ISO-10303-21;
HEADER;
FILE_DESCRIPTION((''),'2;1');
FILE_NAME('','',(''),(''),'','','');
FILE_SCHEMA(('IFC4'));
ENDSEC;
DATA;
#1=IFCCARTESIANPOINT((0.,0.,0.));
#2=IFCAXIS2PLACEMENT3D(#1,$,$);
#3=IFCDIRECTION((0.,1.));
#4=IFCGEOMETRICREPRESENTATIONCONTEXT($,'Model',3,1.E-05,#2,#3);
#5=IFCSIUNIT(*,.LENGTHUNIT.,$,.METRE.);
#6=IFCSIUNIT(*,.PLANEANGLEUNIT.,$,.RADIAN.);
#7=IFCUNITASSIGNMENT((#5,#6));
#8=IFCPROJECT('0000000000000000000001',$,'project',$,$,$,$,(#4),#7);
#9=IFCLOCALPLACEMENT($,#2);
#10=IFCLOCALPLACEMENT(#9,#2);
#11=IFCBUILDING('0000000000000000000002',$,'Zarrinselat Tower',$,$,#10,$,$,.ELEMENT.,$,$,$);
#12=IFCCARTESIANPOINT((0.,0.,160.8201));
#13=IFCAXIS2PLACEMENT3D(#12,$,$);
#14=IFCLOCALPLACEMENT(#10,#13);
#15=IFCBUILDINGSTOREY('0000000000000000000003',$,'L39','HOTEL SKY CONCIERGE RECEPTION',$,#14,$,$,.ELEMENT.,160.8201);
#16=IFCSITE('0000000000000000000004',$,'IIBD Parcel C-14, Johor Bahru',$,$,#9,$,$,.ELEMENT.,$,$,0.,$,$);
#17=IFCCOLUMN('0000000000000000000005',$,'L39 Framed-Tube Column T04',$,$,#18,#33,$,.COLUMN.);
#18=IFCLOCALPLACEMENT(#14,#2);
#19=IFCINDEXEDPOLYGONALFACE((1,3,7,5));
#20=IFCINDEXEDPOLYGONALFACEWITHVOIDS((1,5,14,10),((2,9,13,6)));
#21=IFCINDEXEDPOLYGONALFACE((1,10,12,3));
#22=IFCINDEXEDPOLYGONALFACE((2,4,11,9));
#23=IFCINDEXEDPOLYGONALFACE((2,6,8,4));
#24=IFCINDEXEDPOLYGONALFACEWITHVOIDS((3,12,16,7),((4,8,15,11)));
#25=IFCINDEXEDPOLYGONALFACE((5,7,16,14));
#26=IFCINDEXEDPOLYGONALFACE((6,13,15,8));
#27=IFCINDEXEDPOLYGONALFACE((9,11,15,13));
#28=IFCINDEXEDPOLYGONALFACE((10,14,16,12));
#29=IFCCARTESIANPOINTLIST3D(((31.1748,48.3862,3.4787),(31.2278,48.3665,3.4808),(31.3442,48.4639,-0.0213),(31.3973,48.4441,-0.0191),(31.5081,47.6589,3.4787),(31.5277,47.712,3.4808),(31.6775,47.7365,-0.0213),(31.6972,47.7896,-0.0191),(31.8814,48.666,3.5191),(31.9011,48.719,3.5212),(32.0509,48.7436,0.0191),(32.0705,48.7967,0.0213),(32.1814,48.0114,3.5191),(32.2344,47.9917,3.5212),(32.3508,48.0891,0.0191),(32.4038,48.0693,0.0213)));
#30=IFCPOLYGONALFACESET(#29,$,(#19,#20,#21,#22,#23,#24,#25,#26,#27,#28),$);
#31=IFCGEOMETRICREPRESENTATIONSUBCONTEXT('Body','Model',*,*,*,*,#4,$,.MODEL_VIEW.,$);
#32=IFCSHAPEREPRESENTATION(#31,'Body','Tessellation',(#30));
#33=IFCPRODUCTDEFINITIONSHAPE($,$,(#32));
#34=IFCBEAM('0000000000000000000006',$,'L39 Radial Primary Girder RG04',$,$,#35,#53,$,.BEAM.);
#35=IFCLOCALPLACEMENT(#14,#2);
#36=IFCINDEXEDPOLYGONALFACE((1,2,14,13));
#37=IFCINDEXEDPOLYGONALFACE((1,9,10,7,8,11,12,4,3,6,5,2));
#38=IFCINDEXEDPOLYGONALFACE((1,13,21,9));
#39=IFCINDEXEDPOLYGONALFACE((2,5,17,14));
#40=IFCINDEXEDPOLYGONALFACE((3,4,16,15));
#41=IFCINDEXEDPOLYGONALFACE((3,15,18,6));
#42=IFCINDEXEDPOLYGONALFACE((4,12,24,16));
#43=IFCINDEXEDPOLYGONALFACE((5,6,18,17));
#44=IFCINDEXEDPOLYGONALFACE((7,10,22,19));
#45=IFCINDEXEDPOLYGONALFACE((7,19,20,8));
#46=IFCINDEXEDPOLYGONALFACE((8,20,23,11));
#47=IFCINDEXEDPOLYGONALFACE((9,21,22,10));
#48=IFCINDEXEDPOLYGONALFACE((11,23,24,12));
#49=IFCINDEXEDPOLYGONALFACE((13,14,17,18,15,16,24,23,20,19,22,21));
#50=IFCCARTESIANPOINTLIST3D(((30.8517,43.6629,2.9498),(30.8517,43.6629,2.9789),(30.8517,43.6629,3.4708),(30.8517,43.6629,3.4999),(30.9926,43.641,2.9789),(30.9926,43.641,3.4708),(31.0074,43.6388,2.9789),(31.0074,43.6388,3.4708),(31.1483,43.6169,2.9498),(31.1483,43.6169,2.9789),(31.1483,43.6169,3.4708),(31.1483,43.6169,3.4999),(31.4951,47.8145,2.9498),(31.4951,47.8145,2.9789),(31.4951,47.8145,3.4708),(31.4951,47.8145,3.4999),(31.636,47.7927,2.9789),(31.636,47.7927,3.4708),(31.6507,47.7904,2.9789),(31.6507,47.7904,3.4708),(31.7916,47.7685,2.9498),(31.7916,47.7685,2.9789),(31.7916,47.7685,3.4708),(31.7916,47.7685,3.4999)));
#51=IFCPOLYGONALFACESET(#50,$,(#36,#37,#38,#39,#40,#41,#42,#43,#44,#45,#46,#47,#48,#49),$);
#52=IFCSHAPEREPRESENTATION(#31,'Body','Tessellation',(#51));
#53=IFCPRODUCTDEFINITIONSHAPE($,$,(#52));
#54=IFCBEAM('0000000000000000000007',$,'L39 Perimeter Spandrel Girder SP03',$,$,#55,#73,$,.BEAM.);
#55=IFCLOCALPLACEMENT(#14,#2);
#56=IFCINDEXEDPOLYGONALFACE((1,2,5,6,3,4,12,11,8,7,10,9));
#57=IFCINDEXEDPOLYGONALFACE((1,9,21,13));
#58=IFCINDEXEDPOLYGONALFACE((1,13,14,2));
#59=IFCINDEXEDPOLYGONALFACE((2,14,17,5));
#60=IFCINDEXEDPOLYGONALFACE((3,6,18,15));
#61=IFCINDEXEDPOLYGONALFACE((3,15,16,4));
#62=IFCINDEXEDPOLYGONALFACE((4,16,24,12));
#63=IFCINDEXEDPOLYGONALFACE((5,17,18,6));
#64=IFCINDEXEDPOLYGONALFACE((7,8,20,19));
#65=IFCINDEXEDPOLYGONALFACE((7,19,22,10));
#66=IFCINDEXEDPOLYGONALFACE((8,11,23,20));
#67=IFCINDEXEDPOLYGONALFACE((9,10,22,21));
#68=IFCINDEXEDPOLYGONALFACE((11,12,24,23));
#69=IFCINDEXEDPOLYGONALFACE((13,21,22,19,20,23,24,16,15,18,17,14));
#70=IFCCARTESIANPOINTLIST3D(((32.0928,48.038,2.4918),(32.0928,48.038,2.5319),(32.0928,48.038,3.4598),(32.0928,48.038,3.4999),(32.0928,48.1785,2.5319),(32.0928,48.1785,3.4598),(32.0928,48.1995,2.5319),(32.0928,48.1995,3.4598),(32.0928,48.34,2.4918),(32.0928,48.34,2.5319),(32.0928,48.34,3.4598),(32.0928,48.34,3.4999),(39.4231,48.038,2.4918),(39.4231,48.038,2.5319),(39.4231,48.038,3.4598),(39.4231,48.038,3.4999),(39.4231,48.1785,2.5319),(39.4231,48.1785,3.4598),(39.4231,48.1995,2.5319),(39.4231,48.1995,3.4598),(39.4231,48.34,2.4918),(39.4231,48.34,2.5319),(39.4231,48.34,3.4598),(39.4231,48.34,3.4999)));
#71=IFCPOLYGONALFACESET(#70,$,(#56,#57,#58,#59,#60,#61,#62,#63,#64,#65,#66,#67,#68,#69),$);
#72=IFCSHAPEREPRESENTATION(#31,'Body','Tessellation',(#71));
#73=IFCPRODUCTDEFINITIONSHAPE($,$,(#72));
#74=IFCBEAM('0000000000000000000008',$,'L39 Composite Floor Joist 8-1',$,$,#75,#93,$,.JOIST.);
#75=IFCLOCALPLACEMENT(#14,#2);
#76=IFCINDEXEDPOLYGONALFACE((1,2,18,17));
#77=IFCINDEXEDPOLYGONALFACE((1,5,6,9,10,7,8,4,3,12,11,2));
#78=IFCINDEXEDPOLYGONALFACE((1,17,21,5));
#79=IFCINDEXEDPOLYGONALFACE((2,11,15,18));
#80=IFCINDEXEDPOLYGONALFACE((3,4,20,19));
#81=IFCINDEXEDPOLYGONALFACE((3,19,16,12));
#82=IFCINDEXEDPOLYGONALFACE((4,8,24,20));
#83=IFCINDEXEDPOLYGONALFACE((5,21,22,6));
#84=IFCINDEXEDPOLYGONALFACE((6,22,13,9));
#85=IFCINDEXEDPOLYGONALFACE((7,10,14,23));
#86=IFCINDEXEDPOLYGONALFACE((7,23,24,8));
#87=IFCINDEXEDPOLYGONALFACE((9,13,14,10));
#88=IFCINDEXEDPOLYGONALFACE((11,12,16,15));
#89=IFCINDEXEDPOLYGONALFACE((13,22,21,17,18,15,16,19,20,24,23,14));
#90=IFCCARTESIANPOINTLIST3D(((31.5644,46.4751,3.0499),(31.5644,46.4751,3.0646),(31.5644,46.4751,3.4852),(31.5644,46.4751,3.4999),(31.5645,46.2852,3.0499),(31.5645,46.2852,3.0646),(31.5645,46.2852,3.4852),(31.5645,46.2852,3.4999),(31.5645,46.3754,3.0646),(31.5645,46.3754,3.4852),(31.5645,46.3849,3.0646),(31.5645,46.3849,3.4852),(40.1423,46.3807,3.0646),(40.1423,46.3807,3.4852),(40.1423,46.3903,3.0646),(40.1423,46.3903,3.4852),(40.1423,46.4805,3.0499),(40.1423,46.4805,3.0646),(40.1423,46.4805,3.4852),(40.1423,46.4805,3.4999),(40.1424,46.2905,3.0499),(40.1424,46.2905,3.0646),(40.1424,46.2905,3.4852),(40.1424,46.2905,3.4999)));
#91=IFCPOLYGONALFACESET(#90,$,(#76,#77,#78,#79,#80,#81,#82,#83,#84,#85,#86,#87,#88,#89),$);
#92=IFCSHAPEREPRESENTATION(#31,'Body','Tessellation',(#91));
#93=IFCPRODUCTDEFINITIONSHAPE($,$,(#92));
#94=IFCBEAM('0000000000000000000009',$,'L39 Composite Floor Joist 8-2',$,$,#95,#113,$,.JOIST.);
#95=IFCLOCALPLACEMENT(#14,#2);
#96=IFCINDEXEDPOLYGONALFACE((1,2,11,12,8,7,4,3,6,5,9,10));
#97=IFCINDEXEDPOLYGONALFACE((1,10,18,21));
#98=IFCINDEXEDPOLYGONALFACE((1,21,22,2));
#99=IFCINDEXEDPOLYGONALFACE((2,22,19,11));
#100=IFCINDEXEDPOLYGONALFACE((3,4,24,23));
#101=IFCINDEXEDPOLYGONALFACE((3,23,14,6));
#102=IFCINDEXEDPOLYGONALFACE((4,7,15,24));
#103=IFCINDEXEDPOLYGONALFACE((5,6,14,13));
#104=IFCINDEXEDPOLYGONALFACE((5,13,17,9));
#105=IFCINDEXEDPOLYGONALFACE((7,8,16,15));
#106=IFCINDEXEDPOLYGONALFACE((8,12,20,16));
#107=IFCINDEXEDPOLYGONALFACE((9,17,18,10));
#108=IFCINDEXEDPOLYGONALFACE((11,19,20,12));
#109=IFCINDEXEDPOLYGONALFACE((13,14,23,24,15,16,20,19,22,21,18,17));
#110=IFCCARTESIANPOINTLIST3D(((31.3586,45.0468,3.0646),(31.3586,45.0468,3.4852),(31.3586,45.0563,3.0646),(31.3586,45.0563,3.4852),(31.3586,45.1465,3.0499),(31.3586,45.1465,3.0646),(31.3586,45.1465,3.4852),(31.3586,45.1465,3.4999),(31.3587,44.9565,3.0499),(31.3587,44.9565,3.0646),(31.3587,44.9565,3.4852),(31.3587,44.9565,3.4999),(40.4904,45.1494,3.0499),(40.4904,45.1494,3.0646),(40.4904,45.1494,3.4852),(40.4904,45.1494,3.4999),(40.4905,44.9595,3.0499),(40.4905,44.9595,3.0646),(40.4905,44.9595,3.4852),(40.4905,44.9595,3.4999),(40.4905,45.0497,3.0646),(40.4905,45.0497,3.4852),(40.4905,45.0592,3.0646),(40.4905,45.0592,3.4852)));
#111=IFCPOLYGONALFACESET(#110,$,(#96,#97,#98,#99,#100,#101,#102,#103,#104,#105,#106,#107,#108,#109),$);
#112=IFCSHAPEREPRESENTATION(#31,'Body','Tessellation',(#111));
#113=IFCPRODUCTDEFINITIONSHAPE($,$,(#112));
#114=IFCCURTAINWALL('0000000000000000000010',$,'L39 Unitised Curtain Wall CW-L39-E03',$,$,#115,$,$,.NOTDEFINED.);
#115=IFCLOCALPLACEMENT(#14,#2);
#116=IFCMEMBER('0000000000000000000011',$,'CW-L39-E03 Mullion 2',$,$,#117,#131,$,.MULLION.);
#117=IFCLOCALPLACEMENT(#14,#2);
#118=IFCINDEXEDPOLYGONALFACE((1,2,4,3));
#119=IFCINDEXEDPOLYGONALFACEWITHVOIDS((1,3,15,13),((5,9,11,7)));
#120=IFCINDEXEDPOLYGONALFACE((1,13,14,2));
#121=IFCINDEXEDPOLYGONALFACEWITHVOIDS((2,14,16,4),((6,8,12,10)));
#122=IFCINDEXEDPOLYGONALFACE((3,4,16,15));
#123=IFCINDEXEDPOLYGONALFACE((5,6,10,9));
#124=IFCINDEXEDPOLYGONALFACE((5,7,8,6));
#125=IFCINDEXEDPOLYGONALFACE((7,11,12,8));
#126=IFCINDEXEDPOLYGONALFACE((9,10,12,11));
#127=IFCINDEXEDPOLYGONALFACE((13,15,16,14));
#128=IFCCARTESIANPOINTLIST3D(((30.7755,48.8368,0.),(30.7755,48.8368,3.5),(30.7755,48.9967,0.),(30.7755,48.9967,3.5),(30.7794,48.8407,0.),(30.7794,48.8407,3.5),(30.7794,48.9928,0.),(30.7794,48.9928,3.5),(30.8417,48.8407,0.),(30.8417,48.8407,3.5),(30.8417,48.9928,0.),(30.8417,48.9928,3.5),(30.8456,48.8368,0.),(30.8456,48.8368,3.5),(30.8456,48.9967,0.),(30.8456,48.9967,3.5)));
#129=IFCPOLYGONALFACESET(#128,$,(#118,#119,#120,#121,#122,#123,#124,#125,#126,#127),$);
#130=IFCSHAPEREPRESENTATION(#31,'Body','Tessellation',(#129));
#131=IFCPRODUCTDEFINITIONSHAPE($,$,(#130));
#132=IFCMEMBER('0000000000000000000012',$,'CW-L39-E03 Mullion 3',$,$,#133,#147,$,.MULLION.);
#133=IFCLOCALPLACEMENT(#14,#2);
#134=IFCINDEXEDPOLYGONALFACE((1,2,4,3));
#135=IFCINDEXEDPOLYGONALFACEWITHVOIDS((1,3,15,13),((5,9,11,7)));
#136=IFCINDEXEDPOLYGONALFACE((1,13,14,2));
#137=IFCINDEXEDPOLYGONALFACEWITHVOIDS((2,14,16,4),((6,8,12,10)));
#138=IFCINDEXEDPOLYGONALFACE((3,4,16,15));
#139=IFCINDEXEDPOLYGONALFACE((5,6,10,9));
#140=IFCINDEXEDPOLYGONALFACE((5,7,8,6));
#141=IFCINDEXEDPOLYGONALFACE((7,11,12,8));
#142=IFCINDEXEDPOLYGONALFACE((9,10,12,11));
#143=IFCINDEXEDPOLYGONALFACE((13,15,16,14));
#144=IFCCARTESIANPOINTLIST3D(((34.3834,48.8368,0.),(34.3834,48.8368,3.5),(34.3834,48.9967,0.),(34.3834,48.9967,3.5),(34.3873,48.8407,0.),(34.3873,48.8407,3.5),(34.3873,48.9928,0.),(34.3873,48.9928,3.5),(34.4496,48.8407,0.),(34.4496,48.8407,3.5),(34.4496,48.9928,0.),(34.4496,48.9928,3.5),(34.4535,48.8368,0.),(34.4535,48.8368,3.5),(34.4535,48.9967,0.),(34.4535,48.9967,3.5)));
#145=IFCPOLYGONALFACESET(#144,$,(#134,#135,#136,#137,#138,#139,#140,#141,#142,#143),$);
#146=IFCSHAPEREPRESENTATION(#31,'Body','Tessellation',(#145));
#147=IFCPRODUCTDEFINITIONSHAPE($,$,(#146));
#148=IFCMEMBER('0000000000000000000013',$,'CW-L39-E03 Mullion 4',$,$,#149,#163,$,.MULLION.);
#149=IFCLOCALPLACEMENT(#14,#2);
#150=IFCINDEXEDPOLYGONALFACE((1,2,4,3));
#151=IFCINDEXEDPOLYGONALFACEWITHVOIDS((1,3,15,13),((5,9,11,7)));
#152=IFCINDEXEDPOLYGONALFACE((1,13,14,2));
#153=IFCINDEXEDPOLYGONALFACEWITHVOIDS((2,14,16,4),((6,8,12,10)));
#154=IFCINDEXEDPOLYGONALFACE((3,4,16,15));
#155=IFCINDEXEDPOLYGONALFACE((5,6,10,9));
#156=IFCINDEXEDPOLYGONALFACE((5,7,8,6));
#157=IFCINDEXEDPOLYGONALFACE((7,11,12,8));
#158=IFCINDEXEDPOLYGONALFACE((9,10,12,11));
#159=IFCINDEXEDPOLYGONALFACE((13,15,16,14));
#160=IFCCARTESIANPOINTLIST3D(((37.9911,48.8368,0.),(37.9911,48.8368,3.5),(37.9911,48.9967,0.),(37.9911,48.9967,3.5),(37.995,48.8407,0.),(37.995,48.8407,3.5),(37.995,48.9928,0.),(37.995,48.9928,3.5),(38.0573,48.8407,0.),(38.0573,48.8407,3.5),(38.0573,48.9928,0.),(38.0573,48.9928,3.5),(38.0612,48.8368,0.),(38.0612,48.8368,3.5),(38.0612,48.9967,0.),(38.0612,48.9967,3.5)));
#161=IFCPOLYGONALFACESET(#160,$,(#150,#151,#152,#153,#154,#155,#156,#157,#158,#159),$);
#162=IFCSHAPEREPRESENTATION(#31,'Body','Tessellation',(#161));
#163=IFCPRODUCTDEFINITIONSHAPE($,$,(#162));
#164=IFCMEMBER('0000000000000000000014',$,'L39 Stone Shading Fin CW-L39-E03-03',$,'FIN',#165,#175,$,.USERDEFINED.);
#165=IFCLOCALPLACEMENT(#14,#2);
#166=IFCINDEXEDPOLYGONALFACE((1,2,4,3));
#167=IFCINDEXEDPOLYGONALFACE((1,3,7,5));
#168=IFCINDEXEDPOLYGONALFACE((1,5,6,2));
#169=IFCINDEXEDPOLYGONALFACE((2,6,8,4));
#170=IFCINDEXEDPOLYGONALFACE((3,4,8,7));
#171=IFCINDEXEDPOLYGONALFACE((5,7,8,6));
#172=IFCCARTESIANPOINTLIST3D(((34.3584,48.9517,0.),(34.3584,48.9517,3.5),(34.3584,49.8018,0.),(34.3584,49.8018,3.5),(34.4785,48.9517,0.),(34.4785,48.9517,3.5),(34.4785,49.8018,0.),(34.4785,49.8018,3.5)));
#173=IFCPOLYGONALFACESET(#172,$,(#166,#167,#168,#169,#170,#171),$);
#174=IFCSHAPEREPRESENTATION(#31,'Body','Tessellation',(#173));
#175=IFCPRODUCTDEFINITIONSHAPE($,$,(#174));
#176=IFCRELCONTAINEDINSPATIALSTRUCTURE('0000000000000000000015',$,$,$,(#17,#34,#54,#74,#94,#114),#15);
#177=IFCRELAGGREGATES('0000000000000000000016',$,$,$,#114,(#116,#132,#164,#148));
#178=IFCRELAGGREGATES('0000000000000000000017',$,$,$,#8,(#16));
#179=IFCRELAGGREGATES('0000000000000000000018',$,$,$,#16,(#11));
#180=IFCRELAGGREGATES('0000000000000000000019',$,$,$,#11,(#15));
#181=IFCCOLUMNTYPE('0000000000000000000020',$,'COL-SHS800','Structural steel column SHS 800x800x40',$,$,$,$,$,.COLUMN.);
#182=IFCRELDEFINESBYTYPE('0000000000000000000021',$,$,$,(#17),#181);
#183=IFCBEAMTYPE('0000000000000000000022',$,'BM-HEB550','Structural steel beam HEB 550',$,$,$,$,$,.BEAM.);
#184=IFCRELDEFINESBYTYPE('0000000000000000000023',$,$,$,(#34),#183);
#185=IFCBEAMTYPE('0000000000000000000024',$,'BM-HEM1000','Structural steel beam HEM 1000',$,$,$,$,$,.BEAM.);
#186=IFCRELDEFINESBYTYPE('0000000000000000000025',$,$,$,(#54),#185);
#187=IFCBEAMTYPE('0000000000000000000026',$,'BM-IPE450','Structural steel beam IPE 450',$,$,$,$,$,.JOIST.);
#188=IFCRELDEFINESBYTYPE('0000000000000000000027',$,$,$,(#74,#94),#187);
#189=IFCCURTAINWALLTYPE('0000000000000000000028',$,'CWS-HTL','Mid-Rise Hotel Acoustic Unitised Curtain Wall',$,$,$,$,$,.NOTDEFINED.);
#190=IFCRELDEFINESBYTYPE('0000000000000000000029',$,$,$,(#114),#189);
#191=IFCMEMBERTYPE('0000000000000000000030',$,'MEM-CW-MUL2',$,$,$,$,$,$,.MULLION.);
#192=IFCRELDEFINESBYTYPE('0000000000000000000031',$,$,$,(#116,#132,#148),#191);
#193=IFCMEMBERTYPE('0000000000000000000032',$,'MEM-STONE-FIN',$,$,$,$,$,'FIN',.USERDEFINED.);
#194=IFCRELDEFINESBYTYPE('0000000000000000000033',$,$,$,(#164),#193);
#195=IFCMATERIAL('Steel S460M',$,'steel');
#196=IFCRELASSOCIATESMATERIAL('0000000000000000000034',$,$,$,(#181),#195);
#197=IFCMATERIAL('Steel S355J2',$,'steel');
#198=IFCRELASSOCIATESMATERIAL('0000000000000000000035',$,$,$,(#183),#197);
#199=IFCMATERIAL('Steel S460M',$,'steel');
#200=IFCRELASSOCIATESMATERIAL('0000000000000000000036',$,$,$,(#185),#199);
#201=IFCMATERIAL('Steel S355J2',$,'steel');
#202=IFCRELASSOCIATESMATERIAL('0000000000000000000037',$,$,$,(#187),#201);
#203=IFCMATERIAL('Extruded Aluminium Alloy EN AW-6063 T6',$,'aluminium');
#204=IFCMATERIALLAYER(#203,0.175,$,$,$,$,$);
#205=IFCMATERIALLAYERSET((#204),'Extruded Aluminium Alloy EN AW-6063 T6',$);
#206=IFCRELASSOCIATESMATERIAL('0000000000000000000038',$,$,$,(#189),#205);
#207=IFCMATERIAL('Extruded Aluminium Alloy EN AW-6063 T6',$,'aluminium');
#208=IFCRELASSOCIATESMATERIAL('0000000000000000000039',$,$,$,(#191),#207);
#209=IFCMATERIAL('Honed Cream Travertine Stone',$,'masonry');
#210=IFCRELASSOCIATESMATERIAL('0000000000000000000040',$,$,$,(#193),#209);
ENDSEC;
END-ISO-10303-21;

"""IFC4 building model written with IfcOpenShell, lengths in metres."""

from ifc_helpers import new_model, si_unit, direction, frame, origin, origin_2d, place, context, subcontext, project, spatial, rectangle, hollow_rectangle, i_section, extrude, material, layer, layer_set, material_profile, profile_set, type_object, element, aggregate, save


model = new_model("IFC4")

# Units and contexts
model_context = context("Model", 3, precision=1e-05, world=origin(), true_north=direction((0.0, 1.0)))
body_context = subcontext(model_context, "Body", "Model", "MODEL_VIEW")
ifc_project = project(units=[si_unit("LENGTHUNIT", "METRE"), si_unit("PLANEANGLEUNIT", "RADIAN")], contexts=[model_context])

# Site, building, storey
site_placement = place(None, origin())
site = spatial("IfcSite", under=ifc_project, at=site_placement, Name="IIBD Parcel C-14, Johor Bahru", CompositionType="ELEMENT", RefElevation=0.0)
building_placement = place(site_placement, origin())
building = spatial("IfcBuilding", under=site, at=building_placement, Name="Zarrinselat Tower", CompositionType="ELEMENT")
storey_placement = place(building_placement, frame((0.0, 0.0, 160.8201)))
storey = spatial("IfcBuildingStorey", under=building, at=storey_placement, Name="L39", Description="HOTEL SKY CONCIERGE RECEPTION", CompositionType="ELEMENT", Elevation=160.8201)

# Column
ifc_material_1 = material(Name="Steel S460M", Category="steel")
ifc_material_profile_1 = material_profile(ifc_material_1, hollow_rectangle(XDim=0.8, YDim=0.8, WallThickness=0.04, at=origin_2d()), Name="SHS 800x800x40")
ifc_profile_set_1 = profile_set([ifc_material_profile_1], Name="Steel S460M")
column_type = type_object("IfcColumnType", Name="COL-SHS800", Description="Structural steel column SHS 800x800x40", PredefinedType="COLUMN", material=ifc_profile_set_1)
column_placement = place(storey_placement, frame((31.874, 48.2666, 0.0), z_axis=(-0.048341, -0.022151, 0.998585), x_axis=(0.416564, -0.909106, 0.0)))
element("IfcColumn", 1, at=column_placement, inside=storey, type_object=column_type, Name="L39 Framed-Tube Column T04", PredefinedType="COLUMN", context=body_context, shape_type="SweptSolid", body=[
    extrude(hollow_rectangle(XDim=0.8, YDim=0.8, WallThickness=0.04, at=origin_2d()), origin(), (0.0, 0.0, 1.0), 3.5049),
])

# Beams
ifc_material_2 = material(Name="Steel S355J2", Category="steel")
ifc_material_profile_2 = material_profile(ifc_material_2, i_section(OverallWidth=0.3, OverallDepth=0.55, WebThickness=0.0149, FlangeThickness=0.0291, at=origin_2d()), Name="HEB 550")
ifc_profile_set_2 = profile_set([ifc_material_profile_2], Name="Steel S355J2")
beam_type_1 = type_object("IfcBeamType", Name="BM-HEB550", Description="Structural steel beam HEB 550", PredefinedType="BEAM", material=ifc_profile_set_2)
beam_1_placement = place(storey_placement, frame((31.0, 43.6399, 3.2249), z_axis=(0.153127, 0.988207, 0.0), x_axis=(-0.988207, 0.153127, 0.0)))
element("IfcBeam", 2, at=beam_1_placement, inside=storey, type_object=beam_type_1, Name="L39 Radial Primary Girder RG04", PredefinedType="BEAM", context=body_context, shape_type="SweptSolid", body=[
    extrude(i_section(OverallWidth=0.3, OverallDepth=0.55, WebThickness=0.0149, FlangeThickness=0.0291, at=origin_2d()), origin(), (0.0, 0.0, 1.0), 4.2012),
])
ifc_material_3 = material(Name="Steel S460M", Category="steel")
ifc_material_profile_3 = material_profile(ifc_material_3, i_section(OverallWidth=0.302, OverallDepth=1.0081, WebThickness=0.021, FlangeThickness=0.04, at=origin_2d()), Name="HEM 1000")
ifc_profile_set_3 = profile_set([ifc_material_profile_3], Name="Steel S460M")
beam_type_2 = type_object("IfcBeamType", Name="BM-HEM1000", Description="Structural steel beam HEM 1000", PredefinedType="BEAM", material=ifc_profile_set_3)
beam_2_placement = place(storey_placement, frame((32.0928, 48.189, 2.9958), z_axis=(1.0, 0.0, 0.0), x_axis=(0.0, 1.0, 0.0)))
element("IfcBeam", 3, at=beam_2_placement, inside=storey, type_object=beam_type_2, Name="L39 Perimeter Spandrel Girder SP03", PredefinedType="BEAM", context=body_context, shape_type="SweptSolid", body=[
    extrude(i_section(OverallWidth=0.302, OverallDepth=1.0081, WebThickness=0.021, FlangeThickness=0.04, at=origin_2d()), origin(), (0.0, 0.0, 1.0), 7.3303),
])
ifc_material_4 = material(Name="Steel S355J2", Category="steel")
ifc_material_profile_4 = material_profile(ifc_material_4, i_section(OverallWidth=0.1899, OverallDepth=0.45, WebThickness=0.0095, FlangeThickness=0.0146, at=origin_2d()), Name="IPE 450")
ifc_profile_set_4 = profile_set([ifc_material_profile_4], Name="Steel S355J2")
beam_type_3 = type_object("IfcBeamType", Name="BM-IPE450", Description="Structural steel beam IPE 450", PredefinedType="JOIST", material=ifc_profile_set_4)
beam_3_placement = place(storey_placement, frame((31.5645, 46.3801, 3.2749), z_axis=(1.0, 0.000626, 0.0), x_axis=(-0.000626, 1.0, 0.0)))
element("IfcBeam", 4, at=beam_3_placement, inside=storey, type_object=beam_type_3, Name="L39 Composite Floor Joist 8-1", PredefinedType="JOIST", context=body_context, shape_type="SweptSolid", body=[
    extrude(i_section(OverallWidth=0.1899, OverallDepth=0.45, WebThickness=0.0095, FlangeThickness=0.0146, at=origin_2d()), origin(), (0.0, 0.0, 1.0), 8.5779),
])
beam_4_placement = place(storey_placement, frame((31.3586, 45.0515, 3.2749), z_axis=(1.0, 0.000321, 0.0), x_axis=(-0.000321, 1.0, 0.0)))
element("IfcBeam", 5, at=beam_4_placement, inside=storey, type_object=beam_type_3, Name="L39 Composite Floor Joist 8-2", PredefinedType="JOIST", context=body_context, shape_type="SweptSolid", body=[
    extrude(i_section(OverallWidth=0.1899, OverallDepth=0.45, WebThickness=0.0095, FlangeThickness=0.0146, at=origin_2d()), origin(), (0.0, 0.0, 1.0), 9.1318),
])

# Curtain wall, members
ifc_material_5 = material(Name="Extruded Aluminium Alloy EN AW-6063 T6", Category="aluminium")
ifc_layer_1 = layer(ifc_material_5, 0.175)
ifc_layer_set_1 = layer_set([ifc_layer_1], Name="Extruded Aluminium Alloy EN AW-6063 T6")
curtain_wall_type = type_object("IfcCurtainWallType", Name="CWS-HTL", Description="Mid-Rise Hotel Acoustic Unitised Curtain Wall", PredefinedType="NOTDEFINED", material=ifc_layer_set_1)
curtain_wall_placement = place(storey_placement, origin())
curtain_wall = element("IfcCurtainWall", 6, at=curtain_wall_placement, inside=storey, type_object=curtain_wall_type, Name="L39 Unitised Curtain Wall CW-L39-E03", PredefinedType="NOTDEFINED")
ifc_material_6 = material(Name="Extruded Aluminium Alloy EN AW-6063 T6", Category="aluminium")
ifc_material_profile_5 = material_profile(ifc_material_6, hollow_rectangle(XDim=0.0701, YDim=0.1599, WallThickness=0.0039, at=origin_2d()), Name="RHS 160x70x4")
ifc_profile_set_5 = profile_set([ifc_material_profile_5], Name="Extruded Aluminium Alloy EN AW-6063 T6")
member_type_1 = type_object("IfcMemberType", Name="MEM-CW-MUL2", PredefinedType="MULLION", material=ifc_profile_set_5)
member_1_placement = place(storey_placement, frame((30.8105, 48.9167, 0.0), z_axis=(0.0, 0.0, 1.0), x_axis=(1.0, 0.0, 0.0)))
member_1 = element("IfcMember", 7, at=member_1_placement, type_object=member_type_1, Name="CW-L39-E03 Mullion 2", PredefinedType="MULLION", context=body_context, shape_type="SweptSolid", body=[
    extrude(hollow_rectangle(XDim=0.0701, YDim=0.1599, WallThickness=0.0039, at=origin_2d()), origin(), (0.0, 0.0, 1.0), 3.5),
])
member_2_placement = place(storey_placement, frame((34.4185, 48.9167, 0.0), z_axis=(0.0, 0.0, 1.0), x_axis=(1.0, 0.0, 0.0)))
member_2 = element("IfcMember", 8, at=member_2_placement, type_object=member_type_1, Name="CW-L39-E03 Mullion 3", PredefinedType="MULLION", context=body_context, shape_type="SweptSolid", body=[
    extrude(hollow_rectangle(XDim=0.0701, YDim=0.1599, WallThickness=0.0039, at=origin_2d()), origin(), (0.0, 0.0, 1.0), 3.5),
])
member_3_placement = place(storey_placement, frame((38.0261, 48.9167, 0.0), z_axis=(0.0, 0.0, 1.0), x_axis=(1.0, 0.0, 0.0)))
member_3 = element("IfcMember", 9, at=member_3_placement, type_object=member_type_1, Name="CW-L39-E03 Mullion 4", PredefinedType="MULLION", context=body_context, shape_type="SweptSolid", body=[
    extrude(hollow_rectangle(XDim=0.0701, YDim=0.1599, WallThickness=0.0039, at=origin_2d()), origin(), (0.0, 0.0, 1.0), 3.5),
])
ifc_material_7 = material(Name="Honed Cream Travertine Stone", Category="masonry")
ifc_material_profile_6 = material_profile(ifc_material_7, rectangle(XDim=0.1201, YDim=0.8501, at=origin_2d()), Name="FIN 850x120")
ifc_profile_set_6 = profile_set([ifc_material_profile_6], Name="Honed Cream Travertine Stone")
member_type_2 = type_object("IfcMemberType", Name="MEM-STONE-FIN", ElementType="FIN", PredefinedType="USERDEFINED", material=ifc_profile_set_6)
member_4_placement = place(storey_placement, frame((34.4185, 49.3767, 0.0), z_axis=(0.0, 0.0, 1.0), x_axis=(1.0, 0.0, 0.0)))
member_4 = element("IfcMember", 10, at=member_4_placement, type_object=member_type_2, Name="L39 Stone Shading Fin CW-L39-E03-03", ObjectType="FIN", PredefinedType="USERDEFINED", context=body_context, shape_type="SweptSolid", body=[
    extrude(rectangle(XDim=0.1201, YDim=0.8501, at=origin_2d()), origin(), (0.0, 0.0, 1.0), 3.5),
])
aggregate(curtain_wall, [member_1, member_2, member_4, member_3])

save(model, "model.ifc")
